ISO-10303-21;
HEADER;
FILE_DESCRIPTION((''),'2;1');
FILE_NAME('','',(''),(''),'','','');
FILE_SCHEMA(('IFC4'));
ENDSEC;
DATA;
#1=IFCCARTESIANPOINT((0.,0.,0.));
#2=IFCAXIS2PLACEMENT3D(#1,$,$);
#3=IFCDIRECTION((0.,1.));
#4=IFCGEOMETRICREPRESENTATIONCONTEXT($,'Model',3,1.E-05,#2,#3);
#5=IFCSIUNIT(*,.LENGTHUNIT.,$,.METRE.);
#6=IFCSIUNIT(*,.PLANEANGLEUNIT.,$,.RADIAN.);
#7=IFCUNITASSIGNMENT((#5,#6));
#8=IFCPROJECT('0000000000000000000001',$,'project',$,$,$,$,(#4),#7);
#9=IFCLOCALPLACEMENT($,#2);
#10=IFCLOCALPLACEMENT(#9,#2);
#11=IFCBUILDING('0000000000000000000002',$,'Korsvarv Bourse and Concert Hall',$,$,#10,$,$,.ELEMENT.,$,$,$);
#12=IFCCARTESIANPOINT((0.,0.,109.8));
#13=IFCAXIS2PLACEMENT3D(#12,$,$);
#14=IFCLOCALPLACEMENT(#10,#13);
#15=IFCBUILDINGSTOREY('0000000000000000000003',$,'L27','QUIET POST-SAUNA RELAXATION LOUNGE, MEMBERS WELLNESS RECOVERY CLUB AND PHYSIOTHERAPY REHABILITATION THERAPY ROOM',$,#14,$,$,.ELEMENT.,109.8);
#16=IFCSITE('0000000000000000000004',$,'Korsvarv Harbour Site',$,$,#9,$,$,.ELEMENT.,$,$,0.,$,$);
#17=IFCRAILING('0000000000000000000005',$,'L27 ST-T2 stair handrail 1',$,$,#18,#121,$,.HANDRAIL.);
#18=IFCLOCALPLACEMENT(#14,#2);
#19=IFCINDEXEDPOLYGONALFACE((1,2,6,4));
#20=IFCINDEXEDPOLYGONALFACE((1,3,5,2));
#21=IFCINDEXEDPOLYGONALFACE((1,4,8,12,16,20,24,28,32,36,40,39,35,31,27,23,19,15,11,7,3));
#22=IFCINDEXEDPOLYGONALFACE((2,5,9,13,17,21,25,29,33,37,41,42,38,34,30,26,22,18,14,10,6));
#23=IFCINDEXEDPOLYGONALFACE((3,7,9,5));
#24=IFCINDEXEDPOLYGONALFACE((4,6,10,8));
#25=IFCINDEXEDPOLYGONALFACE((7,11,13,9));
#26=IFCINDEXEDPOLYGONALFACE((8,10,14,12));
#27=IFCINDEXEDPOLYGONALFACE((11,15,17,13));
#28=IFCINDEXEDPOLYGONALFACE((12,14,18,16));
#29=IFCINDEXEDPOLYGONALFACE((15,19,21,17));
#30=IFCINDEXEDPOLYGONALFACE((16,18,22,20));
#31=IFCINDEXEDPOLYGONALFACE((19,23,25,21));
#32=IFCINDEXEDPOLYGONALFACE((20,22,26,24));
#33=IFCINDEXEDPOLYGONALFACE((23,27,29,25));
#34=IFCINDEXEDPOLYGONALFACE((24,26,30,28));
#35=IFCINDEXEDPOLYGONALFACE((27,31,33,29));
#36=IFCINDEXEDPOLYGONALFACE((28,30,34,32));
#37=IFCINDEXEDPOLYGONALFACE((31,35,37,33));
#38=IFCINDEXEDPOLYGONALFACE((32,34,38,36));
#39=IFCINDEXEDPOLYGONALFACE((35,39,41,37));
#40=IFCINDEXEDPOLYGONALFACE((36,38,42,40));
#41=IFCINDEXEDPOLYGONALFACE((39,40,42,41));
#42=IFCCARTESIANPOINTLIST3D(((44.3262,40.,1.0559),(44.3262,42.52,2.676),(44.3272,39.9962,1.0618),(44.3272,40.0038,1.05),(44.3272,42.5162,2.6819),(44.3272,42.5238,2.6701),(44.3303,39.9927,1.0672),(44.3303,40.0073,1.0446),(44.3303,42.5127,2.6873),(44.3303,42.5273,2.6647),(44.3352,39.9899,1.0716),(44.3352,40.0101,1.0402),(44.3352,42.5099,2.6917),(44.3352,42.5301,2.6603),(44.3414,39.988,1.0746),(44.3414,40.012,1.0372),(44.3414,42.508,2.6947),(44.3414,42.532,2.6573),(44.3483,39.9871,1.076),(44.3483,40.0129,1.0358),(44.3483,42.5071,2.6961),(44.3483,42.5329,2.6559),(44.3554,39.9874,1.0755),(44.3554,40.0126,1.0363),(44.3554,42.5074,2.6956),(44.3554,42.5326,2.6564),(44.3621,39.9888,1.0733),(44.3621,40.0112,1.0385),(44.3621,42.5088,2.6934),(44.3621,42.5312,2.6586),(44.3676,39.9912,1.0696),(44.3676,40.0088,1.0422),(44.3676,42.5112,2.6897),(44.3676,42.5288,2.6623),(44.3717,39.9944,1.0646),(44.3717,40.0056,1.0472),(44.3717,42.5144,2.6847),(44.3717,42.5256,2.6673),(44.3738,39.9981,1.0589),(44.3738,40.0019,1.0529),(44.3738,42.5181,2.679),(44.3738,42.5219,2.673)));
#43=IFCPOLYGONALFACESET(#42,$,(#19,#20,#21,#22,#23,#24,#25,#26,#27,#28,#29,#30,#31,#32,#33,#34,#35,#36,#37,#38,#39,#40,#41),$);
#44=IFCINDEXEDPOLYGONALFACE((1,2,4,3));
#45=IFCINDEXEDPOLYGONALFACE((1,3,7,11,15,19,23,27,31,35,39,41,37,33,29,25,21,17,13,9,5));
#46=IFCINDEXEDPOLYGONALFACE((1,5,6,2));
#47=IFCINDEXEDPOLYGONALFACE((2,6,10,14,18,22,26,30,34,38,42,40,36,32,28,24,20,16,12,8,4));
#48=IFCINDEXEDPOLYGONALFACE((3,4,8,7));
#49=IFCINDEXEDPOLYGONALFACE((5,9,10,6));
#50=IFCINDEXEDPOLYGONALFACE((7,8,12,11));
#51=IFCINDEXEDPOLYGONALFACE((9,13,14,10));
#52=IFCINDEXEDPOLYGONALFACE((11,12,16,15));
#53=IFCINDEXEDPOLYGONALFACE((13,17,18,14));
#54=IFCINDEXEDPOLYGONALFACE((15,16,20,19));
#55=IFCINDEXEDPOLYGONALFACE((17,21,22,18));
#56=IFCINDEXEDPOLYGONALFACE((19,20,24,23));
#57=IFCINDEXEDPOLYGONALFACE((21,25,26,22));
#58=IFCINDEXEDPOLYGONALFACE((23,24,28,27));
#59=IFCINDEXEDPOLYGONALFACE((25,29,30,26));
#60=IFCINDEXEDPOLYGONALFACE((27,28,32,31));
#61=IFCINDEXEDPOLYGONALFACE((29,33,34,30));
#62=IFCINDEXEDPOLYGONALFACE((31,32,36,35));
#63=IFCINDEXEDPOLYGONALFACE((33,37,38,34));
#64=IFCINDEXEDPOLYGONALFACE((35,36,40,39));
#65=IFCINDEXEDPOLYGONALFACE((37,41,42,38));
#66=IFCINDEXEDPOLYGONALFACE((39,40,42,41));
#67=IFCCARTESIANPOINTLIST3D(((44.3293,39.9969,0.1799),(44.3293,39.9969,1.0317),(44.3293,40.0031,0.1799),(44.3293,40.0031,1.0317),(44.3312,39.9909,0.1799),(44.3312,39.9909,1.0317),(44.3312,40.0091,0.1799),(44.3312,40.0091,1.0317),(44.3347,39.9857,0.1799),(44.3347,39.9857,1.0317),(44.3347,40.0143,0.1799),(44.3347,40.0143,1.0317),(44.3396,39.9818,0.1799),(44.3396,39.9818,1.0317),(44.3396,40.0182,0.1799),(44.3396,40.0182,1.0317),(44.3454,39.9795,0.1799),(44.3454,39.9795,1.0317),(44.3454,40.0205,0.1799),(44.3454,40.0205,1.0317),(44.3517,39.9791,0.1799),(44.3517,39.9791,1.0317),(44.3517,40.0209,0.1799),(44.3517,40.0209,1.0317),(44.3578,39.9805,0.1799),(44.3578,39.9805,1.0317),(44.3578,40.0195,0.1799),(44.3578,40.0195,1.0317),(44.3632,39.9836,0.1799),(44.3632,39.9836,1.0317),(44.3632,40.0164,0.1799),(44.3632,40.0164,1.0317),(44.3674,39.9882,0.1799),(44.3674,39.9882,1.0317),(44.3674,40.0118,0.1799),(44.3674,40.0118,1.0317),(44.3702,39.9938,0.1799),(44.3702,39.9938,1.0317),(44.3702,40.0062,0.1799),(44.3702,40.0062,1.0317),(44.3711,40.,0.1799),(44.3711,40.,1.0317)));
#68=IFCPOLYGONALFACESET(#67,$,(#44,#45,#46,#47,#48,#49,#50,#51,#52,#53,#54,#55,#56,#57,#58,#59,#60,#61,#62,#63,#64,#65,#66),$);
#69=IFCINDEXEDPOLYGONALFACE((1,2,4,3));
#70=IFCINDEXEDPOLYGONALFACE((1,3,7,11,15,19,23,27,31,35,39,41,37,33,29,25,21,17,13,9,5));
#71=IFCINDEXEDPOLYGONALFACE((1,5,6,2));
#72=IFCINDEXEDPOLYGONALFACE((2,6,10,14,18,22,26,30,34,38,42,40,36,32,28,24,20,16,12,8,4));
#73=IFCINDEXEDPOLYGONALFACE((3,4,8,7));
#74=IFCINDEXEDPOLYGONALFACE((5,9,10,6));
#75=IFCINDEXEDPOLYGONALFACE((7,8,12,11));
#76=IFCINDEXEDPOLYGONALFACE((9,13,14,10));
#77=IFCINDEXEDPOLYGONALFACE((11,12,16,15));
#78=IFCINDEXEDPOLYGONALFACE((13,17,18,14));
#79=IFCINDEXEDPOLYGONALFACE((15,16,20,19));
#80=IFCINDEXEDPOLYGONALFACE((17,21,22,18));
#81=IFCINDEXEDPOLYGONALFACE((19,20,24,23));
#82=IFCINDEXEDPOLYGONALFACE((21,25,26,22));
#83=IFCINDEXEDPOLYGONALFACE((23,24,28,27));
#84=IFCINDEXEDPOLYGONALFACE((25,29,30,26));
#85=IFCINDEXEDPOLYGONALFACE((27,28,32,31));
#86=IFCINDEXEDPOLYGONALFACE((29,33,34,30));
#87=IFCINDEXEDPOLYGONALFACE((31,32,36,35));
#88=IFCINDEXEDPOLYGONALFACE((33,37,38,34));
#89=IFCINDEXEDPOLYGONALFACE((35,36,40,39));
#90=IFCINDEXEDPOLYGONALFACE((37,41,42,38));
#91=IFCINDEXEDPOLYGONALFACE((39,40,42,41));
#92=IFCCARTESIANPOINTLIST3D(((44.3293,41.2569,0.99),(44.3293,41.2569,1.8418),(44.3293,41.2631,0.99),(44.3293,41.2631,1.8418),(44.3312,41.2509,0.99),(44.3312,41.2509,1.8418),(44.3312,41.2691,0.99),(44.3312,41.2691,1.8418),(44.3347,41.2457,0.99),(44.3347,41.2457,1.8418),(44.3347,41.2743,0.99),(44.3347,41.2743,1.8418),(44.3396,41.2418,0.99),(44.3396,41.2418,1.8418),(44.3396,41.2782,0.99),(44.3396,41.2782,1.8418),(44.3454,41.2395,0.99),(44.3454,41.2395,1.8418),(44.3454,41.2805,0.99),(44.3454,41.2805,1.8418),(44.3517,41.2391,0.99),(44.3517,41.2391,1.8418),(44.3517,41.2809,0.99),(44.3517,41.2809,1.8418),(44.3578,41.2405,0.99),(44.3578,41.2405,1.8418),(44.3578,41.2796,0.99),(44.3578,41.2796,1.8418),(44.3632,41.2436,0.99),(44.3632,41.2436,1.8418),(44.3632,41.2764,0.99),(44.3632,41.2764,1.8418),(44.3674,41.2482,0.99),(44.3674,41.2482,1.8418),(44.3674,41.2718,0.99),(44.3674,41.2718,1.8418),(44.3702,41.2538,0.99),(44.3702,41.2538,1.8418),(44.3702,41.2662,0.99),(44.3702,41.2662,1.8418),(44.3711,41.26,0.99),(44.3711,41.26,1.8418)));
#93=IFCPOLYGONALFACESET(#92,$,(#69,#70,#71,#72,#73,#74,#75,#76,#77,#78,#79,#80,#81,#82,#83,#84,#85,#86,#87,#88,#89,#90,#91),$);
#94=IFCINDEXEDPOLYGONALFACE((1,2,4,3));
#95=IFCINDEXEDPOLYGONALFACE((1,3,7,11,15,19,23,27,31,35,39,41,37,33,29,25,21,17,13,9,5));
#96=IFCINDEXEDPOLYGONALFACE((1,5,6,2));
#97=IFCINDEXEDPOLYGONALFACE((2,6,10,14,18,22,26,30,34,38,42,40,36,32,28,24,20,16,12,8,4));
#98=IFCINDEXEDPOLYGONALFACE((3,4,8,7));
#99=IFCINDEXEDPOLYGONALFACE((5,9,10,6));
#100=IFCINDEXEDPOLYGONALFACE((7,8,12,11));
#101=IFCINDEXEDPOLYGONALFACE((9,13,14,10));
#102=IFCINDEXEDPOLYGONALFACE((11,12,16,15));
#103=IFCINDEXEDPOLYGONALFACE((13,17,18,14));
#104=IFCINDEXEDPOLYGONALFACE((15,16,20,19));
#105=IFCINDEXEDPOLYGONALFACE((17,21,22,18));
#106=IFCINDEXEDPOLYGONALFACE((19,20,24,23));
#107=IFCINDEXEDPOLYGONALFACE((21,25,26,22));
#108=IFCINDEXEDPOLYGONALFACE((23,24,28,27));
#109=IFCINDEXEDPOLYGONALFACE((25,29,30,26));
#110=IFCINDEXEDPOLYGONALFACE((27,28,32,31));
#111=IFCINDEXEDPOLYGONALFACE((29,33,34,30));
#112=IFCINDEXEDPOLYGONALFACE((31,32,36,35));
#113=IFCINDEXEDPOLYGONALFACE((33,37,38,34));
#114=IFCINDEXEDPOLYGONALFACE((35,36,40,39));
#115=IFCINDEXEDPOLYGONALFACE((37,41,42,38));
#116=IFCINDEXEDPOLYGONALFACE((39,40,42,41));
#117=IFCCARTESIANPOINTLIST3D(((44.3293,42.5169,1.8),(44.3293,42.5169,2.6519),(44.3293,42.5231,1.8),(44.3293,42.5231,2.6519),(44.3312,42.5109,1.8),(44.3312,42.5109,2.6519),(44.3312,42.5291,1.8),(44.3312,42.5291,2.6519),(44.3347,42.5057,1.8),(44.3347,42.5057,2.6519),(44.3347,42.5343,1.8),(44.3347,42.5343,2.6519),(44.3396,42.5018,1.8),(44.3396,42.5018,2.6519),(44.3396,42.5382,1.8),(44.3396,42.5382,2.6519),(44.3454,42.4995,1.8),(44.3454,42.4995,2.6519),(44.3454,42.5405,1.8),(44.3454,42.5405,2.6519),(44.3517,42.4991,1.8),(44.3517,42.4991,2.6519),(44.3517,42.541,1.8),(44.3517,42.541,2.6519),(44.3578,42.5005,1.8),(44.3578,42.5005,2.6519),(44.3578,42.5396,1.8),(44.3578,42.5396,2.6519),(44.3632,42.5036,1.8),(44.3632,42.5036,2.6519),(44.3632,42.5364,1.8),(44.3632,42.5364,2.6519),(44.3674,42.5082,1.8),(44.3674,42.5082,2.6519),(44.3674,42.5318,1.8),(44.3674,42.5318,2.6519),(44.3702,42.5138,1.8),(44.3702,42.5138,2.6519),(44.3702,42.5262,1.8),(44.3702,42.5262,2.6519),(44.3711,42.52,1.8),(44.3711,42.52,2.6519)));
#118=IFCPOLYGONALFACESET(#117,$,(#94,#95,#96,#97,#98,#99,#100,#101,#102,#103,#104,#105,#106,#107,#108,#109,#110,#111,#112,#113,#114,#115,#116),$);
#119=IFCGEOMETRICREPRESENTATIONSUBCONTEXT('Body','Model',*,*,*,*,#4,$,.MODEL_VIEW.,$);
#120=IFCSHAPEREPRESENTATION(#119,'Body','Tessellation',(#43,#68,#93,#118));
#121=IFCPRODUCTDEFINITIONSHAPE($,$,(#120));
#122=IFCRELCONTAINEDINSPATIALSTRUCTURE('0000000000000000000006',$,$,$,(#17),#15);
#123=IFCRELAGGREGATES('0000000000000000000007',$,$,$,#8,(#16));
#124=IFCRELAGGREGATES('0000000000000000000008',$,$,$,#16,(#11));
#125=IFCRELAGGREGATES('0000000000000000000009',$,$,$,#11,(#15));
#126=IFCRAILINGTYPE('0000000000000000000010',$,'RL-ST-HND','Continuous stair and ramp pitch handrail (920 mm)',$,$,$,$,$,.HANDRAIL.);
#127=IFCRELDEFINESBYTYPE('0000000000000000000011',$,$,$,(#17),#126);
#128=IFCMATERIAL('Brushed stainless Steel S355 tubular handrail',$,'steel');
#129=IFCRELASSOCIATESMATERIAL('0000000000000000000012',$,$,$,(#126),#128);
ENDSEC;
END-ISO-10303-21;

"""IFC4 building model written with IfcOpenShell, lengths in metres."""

from ifc_helpers import new_model, si_unit, direction, frame, origin, origin_2d, place, context, subcontext, project, spatial, circle, extrude, material, type_object, element, save


model = new_model("IFC4")

# Units and contexts
model_context = context("Model", 3, precision=1e-05, world=origin(), true_north=direction((0.0, 1.0)))
body_context = subcontext(model_context, "Body", "Model", "MODEL_VIEW")
ifc_project = project(units=[si_unit("LENGTHUNIT", "METRE"), si_unit("PLANEANGLEUNIT", "RADIAN")], contexts=[model_context])

# Site, building, storey
site_placement = place(None, origin())
site = spatial("IfcSite", under=ifc_project, at=site_placement, Name="Korsvarv Harbour Site", CompositionType="ELEMENT", RefElevation=0.0)
building_placement = place(site_placement, origin())
building = spatial("IfcBuilding", under=site, at=building_placement, Name="Korsvarv Bourse and Concert Hall", CompositionType="ELEMENT")
storey_placement = place(building_placement, frame((0.0, 0.0, 109.8)))
storey = spatial("IfcBuildingStorey", under=building, at=storey_placement, Name="L27", Description="QUIET POST-SAUNA RELAXATION LOUNGE, MEMBERS WELLNESS RECOVERY CLUB AND PHYSIOTHERAPY REHABILITATION THERAPY ROOM", CompositionType="ELEMENT", Elevation=109.8)

# Railing
ifc_material_1 = material(Name="Brushed stainless Steel S355 tubular handrail", Category="steel")
railing_type_1 = type_object("IfcRailingType", Name="RL-ST-HND", Description="Continuous stair and ramp pitch handrail (920 mm)", PredefinedType="HANDRAIL", material=ifc_material_1)
railing_1_placement = place(storey_placement, frame((44.3501, 40.0, 0.1799)))
element("IfcRailing", 1, at=railing_1_placement, inside=storey, type_object=railing_type_1, Name="L27 ST-T2 stair handrail 1", PredefinedType="HANDRAIL", context=body_context, shape_type="SweptSolid", body=[
    extrude(circle(Radius=0.0239, at=origin_2d()), frame((0.0, 0.0, 0.876), z_axis=(0.0, 0.841163, 0.540782), x_axis=(-1.0, 0.0, 0.0)), (0.0, 0.0, 1.0), 2.9958),
    extrude(circle(Radius=0.021, at=origin_2d()), origin(), (0.0, 0.0, 1.0), 0.8518),
    extrude(circle(Radius=0.021, at=origin_2d()), frame((0.0, 1.26, 0.8101)), (0.0, 0.0, 1.0), 0.8518),
    extrude(circle(Radius=0.021, at=origin_2d()), frame((0.0, 2.52, 1.6201)), (0.0, 0.0, 1.0), 0.8518),
])

save(model, "model.ifc")
